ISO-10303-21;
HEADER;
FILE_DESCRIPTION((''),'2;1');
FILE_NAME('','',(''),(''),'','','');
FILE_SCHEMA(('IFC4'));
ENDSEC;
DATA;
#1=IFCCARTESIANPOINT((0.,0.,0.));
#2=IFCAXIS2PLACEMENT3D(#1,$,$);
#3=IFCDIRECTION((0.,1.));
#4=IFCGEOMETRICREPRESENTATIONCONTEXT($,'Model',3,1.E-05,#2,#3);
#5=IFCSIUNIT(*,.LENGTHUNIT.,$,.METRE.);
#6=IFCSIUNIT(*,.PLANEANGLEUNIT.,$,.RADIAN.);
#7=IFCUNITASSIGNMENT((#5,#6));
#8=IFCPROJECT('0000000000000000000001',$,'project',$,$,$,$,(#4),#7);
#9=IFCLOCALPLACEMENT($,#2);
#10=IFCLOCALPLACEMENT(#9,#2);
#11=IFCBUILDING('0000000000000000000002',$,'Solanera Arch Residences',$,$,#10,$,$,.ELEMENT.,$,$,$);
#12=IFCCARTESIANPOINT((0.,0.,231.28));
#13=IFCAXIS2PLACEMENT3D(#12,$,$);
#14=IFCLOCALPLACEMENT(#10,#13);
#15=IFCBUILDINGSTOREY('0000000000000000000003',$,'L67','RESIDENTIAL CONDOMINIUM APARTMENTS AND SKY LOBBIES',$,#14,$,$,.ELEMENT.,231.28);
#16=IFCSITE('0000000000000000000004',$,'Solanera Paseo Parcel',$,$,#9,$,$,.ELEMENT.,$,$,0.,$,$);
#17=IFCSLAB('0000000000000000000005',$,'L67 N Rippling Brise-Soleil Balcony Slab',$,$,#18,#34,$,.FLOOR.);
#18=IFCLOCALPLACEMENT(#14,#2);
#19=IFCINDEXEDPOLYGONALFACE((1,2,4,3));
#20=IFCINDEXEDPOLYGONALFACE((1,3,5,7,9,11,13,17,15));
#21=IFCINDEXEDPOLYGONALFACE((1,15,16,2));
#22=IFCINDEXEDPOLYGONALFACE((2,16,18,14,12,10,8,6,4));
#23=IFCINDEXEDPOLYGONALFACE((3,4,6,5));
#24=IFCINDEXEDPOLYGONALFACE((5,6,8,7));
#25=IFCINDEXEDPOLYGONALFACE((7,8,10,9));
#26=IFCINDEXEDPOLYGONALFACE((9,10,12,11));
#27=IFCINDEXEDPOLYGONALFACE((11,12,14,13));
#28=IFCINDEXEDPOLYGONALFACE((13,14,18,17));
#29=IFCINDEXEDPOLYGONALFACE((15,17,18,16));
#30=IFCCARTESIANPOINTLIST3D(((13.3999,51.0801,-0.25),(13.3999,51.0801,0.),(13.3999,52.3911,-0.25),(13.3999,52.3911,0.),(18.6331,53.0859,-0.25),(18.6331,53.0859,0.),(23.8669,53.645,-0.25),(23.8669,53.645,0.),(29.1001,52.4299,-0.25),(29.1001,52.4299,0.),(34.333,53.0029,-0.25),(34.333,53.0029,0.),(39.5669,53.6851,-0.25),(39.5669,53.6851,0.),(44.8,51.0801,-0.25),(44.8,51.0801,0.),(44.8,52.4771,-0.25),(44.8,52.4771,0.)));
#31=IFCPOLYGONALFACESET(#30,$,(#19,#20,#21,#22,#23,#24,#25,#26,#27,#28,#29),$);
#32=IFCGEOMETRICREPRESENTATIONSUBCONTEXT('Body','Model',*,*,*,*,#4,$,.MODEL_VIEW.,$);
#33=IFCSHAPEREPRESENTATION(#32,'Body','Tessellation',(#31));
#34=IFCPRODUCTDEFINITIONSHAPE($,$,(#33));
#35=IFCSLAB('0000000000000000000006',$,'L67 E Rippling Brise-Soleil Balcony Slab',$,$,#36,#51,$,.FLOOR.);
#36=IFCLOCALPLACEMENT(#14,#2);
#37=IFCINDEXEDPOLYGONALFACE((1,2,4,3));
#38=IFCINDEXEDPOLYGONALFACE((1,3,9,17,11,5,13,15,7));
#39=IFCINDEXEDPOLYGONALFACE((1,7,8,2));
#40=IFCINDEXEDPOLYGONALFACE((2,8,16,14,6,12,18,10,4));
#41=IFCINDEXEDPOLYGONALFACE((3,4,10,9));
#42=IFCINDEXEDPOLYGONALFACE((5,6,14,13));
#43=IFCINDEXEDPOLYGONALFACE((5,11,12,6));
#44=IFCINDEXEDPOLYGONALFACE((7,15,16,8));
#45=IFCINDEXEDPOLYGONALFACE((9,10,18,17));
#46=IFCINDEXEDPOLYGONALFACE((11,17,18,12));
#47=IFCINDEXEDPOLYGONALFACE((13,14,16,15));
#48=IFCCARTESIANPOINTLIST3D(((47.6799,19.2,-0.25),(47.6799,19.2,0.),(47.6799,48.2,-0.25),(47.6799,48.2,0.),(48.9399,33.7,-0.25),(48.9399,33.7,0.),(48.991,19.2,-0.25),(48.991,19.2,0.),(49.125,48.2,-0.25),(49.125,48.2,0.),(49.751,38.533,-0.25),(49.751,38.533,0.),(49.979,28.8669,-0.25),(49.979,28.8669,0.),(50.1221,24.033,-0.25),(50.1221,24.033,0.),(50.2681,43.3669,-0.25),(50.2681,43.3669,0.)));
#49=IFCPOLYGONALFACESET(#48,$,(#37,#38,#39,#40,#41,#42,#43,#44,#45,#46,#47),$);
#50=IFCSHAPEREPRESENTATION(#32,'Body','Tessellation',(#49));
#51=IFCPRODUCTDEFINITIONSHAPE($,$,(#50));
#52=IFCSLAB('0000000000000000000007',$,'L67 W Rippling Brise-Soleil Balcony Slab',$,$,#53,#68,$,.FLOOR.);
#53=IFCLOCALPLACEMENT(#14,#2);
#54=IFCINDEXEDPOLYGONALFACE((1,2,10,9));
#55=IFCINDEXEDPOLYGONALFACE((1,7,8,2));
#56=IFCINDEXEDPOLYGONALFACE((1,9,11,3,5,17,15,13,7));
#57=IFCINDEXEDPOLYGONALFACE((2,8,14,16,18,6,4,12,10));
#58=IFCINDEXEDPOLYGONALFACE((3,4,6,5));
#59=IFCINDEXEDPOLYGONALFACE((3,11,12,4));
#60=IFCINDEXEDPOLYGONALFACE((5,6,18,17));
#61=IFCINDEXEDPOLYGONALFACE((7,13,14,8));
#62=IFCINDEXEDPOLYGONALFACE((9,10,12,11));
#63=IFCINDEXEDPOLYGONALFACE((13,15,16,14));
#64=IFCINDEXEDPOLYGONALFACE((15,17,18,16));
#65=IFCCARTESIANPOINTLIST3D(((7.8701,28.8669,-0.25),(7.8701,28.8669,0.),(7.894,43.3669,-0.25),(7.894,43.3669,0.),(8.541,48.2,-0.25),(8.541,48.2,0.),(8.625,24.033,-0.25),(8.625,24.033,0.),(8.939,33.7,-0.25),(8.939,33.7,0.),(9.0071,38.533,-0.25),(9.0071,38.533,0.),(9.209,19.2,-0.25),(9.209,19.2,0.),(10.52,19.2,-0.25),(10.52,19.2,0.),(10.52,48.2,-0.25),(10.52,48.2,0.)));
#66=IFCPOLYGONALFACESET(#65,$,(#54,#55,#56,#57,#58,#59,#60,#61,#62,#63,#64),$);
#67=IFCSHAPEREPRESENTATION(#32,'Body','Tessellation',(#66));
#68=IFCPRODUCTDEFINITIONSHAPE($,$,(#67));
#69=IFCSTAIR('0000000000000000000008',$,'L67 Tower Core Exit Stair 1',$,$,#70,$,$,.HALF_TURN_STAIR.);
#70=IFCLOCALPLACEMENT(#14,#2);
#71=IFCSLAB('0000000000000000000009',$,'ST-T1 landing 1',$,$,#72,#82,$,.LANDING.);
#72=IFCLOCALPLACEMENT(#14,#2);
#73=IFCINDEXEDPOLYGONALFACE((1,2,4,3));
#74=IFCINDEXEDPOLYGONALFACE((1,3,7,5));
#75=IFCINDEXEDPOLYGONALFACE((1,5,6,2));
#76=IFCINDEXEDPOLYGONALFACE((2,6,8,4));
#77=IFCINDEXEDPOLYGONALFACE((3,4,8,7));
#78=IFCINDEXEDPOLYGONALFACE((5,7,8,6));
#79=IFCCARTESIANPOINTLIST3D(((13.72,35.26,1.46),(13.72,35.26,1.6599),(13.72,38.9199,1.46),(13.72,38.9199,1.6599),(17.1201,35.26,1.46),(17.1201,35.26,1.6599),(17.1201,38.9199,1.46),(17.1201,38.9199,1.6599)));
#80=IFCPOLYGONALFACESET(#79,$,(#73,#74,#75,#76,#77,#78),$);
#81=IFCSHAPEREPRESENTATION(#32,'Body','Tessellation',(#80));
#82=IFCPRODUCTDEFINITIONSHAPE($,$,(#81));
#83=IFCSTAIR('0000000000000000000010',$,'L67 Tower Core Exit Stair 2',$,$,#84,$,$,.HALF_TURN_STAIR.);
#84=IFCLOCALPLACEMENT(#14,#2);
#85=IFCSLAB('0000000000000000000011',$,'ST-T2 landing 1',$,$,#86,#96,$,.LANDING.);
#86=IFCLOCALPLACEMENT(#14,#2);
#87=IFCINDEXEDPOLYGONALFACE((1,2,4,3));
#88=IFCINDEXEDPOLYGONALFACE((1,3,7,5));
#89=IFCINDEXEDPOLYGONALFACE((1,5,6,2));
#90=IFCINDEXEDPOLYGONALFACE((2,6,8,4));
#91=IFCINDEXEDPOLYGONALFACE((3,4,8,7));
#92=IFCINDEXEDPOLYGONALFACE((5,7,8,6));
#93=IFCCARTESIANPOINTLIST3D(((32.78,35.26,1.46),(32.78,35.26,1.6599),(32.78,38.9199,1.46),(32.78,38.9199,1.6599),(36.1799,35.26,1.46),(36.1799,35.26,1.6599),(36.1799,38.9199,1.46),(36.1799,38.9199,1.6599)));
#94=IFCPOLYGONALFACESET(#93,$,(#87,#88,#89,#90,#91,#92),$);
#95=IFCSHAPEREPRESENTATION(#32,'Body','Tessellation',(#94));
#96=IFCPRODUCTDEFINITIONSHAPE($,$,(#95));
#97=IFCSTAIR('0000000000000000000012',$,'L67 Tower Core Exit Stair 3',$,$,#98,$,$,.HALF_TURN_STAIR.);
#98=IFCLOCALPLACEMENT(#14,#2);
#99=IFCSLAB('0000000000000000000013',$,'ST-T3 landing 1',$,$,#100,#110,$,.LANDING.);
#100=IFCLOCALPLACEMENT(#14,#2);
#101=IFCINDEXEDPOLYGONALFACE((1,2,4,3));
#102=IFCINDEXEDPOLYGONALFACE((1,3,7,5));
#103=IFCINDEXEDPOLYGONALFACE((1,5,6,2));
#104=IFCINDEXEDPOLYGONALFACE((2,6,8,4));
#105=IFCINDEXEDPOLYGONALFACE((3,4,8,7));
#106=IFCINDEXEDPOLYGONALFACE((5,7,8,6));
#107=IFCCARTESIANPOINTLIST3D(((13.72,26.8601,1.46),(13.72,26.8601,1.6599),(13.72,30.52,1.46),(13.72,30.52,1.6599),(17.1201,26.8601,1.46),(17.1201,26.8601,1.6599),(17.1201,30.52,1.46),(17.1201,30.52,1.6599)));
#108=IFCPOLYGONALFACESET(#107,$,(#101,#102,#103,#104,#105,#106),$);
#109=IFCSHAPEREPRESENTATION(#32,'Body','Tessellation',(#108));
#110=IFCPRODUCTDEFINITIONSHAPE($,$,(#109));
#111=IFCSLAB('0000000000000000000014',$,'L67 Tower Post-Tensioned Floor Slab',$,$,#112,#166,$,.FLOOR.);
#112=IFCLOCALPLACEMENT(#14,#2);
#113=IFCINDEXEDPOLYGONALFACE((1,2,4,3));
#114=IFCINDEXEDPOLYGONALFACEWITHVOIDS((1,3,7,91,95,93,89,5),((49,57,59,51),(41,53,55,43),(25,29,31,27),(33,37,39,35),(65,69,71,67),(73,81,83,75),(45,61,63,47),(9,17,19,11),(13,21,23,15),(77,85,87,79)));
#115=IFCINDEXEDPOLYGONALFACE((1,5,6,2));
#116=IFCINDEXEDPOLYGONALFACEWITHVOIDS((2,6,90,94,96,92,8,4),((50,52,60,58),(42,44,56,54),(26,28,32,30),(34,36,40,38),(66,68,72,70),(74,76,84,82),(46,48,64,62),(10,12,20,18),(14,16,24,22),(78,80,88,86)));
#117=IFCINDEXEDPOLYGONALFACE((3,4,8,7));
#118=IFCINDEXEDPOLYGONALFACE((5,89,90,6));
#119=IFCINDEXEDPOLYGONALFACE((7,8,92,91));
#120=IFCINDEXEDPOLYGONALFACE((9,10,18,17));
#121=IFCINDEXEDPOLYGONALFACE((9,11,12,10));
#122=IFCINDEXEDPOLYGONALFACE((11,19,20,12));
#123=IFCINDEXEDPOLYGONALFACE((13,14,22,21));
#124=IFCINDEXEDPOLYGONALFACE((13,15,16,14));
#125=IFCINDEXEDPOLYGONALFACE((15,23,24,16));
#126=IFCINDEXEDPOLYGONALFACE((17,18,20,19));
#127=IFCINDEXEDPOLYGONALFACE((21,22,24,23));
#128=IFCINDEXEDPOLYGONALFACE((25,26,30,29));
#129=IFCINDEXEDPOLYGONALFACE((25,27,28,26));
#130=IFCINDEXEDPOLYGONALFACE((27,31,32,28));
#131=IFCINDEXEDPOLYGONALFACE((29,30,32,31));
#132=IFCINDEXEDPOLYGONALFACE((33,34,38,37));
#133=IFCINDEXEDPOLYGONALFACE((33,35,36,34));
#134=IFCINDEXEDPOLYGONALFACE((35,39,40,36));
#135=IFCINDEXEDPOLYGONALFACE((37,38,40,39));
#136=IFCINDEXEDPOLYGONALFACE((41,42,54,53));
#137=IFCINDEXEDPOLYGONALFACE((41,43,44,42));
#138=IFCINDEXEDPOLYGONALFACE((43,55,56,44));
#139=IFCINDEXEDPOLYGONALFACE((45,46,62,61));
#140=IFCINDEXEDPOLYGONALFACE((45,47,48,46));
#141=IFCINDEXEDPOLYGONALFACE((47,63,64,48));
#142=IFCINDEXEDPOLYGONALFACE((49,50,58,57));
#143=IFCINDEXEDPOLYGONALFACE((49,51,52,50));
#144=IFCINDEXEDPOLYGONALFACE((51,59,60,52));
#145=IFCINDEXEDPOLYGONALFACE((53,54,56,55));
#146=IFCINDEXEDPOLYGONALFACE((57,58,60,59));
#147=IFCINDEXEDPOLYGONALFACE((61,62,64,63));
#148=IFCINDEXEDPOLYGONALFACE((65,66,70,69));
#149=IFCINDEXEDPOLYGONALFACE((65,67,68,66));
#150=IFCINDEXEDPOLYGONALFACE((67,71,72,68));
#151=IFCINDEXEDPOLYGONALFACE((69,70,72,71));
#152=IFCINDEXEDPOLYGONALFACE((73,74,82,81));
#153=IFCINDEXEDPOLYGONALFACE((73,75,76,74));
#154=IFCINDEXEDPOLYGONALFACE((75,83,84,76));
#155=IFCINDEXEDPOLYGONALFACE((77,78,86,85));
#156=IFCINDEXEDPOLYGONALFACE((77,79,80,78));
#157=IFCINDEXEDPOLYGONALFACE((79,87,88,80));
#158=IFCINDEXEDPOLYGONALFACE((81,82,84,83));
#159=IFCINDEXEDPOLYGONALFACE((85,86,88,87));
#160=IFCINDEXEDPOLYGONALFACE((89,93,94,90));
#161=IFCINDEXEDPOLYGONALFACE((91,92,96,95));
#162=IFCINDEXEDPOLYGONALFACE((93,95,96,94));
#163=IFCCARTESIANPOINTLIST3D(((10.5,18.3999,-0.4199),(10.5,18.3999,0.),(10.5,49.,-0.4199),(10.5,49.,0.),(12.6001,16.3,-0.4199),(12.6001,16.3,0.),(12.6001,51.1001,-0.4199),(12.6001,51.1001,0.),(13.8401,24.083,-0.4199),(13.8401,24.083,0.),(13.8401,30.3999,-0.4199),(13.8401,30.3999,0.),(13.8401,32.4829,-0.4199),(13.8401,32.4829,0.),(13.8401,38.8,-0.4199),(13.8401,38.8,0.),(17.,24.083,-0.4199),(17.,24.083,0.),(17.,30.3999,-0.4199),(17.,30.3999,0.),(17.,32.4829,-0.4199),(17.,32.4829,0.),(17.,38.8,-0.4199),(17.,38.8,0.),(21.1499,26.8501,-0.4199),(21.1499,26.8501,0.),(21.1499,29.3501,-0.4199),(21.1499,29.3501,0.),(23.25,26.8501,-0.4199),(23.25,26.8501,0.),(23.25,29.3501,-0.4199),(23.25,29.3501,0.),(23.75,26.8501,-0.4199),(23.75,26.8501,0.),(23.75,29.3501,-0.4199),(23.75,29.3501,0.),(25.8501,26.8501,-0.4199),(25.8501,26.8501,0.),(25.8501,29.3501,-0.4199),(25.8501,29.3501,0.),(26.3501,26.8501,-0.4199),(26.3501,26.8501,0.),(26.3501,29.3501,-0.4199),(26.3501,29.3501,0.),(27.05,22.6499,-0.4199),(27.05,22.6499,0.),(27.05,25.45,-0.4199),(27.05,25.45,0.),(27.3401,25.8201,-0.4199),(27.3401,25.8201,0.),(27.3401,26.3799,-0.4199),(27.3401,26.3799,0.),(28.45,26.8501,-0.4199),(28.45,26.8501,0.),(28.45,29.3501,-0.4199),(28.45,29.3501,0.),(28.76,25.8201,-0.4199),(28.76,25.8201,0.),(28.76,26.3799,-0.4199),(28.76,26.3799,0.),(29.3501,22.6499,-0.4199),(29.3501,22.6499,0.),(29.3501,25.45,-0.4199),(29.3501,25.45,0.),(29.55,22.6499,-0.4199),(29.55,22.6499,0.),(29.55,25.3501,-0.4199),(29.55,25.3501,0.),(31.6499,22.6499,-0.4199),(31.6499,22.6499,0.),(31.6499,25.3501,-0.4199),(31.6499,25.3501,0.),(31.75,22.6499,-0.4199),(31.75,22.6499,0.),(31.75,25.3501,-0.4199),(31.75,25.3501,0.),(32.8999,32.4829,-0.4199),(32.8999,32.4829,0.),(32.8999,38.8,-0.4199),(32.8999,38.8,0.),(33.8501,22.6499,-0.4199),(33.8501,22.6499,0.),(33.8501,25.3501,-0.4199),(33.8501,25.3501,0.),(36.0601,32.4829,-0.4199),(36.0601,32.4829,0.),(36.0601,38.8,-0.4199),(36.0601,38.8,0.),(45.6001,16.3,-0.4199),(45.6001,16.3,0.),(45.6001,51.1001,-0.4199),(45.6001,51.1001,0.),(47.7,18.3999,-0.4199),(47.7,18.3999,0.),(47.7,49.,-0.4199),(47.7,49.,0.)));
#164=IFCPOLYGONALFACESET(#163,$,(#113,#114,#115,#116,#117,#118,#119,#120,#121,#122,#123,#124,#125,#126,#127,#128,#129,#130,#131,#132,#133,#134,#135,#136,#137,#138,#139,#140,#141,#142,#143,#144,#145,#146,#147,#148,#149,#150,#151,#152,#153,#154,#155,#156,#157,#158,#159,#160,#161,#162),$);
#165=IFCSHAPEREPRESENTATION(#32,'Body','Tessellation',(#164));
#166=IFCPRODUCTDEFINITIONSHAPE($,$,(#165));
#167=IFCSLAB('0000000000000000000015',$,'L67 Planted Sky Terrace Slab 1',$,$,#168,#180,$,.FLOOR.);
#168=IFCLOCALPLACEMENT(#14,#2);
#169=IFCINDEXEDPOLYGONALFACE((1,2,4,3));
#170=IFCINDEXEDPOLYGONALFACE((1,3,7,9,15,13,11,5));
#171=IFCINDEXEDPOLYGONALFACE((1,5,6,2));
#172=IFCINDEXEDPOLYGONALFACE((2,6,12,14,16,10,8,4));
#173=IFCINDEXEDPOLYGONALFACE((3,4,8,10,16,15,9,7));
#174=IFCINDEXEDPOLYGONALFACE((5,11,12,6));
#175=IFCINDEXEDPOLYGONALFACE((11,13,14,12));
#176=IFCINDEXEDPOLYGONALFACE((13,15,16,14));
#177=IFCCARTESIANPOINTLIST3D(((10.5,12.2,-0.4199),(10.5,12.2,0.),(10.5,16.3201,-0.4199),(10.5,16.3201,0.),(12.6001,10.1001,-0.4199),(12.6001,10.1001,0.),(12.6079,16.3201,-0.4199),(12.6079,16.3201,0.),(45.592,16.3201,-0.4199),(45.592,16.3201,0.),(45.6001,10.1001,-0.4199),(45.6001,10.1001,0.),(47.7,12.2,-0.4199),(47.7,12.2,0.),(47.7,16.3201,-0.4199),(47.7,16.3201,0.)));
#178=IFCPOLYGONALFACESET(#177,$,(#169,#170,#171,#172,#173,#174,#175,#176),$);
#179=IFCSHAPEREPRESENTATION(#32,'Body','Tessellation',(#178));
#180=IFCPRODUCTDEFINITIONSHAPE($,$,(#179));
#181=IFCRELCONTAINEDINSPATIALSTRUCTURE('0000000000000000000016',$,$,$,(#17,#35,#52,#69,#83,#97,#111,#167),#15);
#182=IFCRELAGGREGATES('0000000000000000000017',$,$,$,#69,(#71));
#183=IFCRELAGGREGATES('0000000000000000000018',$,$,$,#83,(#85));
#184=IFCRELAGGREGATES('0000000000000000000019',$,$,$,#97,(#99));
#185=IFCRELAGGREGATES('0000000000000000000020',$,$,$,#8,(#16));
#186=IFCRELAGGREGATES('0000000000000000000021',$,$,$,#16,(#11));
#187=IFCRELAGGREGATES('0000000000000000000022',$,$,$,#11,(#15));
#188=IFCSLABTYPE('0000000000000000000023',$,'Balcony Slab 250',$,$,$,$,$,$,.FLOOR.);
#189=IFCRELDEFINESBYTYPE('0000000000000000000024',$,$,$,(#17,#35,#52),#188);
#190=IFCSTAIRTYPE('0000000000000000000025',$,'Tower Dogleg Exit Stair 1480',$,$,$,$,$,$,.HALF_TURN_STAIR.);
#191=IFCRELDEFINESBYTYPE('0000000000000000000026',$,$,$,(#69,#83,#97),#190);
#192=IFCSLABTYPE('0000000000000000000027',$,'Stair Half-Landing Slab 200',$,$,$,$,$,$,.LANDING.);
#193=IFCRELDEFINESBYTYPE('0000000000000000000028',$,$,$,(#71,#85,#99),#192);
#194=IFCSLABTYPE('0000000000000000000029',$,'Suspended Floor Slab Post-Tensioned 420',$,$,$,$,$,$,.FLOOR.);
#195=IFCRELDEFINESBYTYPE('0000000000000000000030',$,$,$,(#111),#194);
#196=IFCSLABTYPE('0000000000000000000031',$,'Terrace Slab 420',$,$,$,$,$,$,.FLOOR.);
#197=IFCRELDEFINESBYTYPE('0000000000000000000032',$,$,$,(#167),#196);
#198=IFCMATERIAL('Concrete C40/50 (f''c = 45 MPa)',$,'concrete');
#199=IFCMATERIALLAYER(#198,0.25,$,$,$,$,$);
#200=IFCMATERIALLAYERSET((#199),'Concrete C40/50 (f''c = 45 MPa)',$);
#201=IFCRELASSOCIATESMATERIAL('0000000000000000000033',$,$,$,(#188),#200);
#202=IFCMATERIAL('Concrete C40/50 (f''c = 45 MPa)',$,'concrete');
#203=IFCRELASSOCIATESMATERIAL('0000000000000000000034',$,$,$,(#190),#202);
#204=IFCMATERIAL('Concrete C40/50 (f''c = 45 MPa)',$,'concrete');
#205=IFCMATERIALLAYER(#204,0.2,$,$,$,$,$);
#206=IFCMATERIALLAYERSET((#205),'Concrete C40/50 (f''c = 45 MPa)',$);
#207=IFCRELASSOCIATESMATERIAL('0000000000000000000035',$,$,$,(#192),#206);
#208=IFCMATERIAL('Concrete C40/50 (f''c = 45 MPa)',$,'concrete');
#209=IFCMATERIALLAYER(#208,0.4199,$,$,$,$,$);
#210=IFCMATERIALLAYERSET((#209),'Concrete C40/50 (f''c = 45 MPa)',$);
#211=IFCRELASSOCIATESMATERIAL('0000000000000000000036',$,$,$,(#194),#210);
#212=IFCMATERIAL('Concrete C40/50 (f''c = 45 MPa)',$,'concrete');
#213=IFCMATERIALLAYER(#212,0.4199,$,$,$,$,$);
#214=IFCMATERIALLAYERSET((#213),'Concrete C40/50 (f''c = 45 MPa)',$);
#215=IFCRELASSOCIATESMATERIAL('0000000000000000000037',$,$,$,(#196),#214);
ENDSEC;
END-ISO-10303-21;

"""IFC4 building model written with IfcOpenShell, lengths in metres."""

from ifc_helpers import new_model, si_unit, direction, frame, origin, place, context, subcontext, project, spatial, polyline, outline, extrude, material, layer, layer_set, type_object, element, aggregate, save


model = new_model("IFC4")

# Units and contexts
model_context = context("Model", 3, precision=1e-05, world=origin(), true_north=direction((0.0, 1.0)))
body_context = subcontext(model_context, "Body", "Model", "MODEL_VIEW")
ifc_project = project(units=[si_unit("LENGTHUNIT", "METRE"), si_unit("PLANEANGLEUNIT", "RADIAN")], contexts=[model_context])

# Site, building, storey
site_placement = place(None, origin())
site = spatial("IfcSite", under=ifc_project, at=site_placement, Name="Solanera Paseo Parcel", CompositionType="ELEMENT", RefElevation=0.0)
building_placement = place(site_placement, origin())
building = spatial("IfcBuilding", under=site, at=building_placement, Name="Solanera Arch Residences", CompositionType="ELEMENT")
storey_placement = place(building_placement, frame((0.0, 0.0, 231.28)))
storey = spatial("IfcBuildingStorey", under=building, at=storey_placement, Name="L67", Description="RESIDENTIAL CONDOMINIUM APARTMENTS AND SKY LOBBIES", CompositionType="ELEMENT", Elevation=231.28)

# Slabs
ifc_material_1 = material(Name="Concrete C40/50 (f'c = 45 MPa)", Category="concrete")
ifc_layer_1 = layer(ifc_material_1, 0.25)
ifc_layer_set_1 = layer_set([ifc_layer_1], Name="Concrete C40/50 (f'c = 45 MPa)")
slab_type_1 = type_object("IfcSlabType", Name="Balcony Slab 250", PredefinedType="FLOOR", material=ifc_layer_set_1)
slab_1_placement = place(storey_placement, frame((0.0, 0.0, -0.25)))
element("IfcSlab", 1, at=slab_1_placement, inside=storey, type_object=slab_type_1, Name="L67 N Rippling Brise-Soleil Balcony Slab", PredefinedType="FLOOR", context=body_context, shape_type="SweptSolid", body=[
    extrude(outline(polyline([(44.8, 52.4771), (39.5669, 53.6851), (34.333, 53.0029), (29.1001, 52.4299), (23.8669, 53.645), (18.6331, 53.0859), (13.3999, 52.3911), (13.3999, 51.0801), (44.8, 51.0801), (44.8, 52.4771)])), origin(), (0.0, 0.0, 1.0), 0.25),
])
slab_2_placement = place(storey_placement, frame((0.0, 0.0, -0.25)))
element("IfcSlab", 2, at=slab_2_placement, inside=storey, type_object=slab_type_1, Name="L67 E Rippling Brise-Soleil Balcony Slab", PredefinedType="FLOOR", context=body_context, shape_type="SweptSolid", body=[
    extrude(outline(polyline([(48.991, 19.2), (50.1221, 24.033), (49.979, 28.8669), (48.9399, 33.7), (49.751, 38.533), (50.2681, 43.3669), (49.125, 48.2), (47.6799, 48.2), (47.6799, 19.2), (48.991, 19.2)])), origin(), (0.0, 0.0, 1.0), 0.25),
])
slab_3_placement = place(storey_placement, frame((0.0, 0.0, -0.25)))
element("IfcSlab", 3, at=slab_3_placement, inside=storey, type_object=slab_type_1, Name="L67 W Rippling Brise-Soleil Balcony Slab", PredefinedType="FLOOR", context=body_context, shape_type="SweptSolid", body=[
    extrude(outline(polyline([(8.541, 48.2), (7.894, 43.3669), (9.0071, 38.533), (8.939, 33.7), (7.8701, 28.8669), (8.625, 24.033), (9.209, 19.2), (10.52, 19.2), (10.52, 48.2), (8.541, 48.2)])), origin(), (0.0, 0.0, 1.0), 0.25),
])

# Stairs, slabs
ifc_material_2 = material(Name="Concrete C40/50 (f'c = 45 MPa)", Category="concrete")
stair_type = type_object("IfcStairType", Name="Tower Dogleg Exit Stair 1480", PredefinedType="HALF_TURN_STAIR", material=ifc_material_2)
stair_1_placement = place(storey_placement, origin())
stair_1 = element("IfcStair", 4, at=stair_1_placement, inside=storey, type_object=stair_type, Name="L67 Tower Core Exit Stair 1", PredefinedType="HALF_TURN_STAIR")
ifc_material_3 = material(Name="Concrete C40/50 (f'c = 45 MPa)", Category="concrete")
ifc_layer_2 = layer(ifc_material_3, 0.2)
ifc_layer_set_2 = layer_set([ifc_layer_2], Name="Concrete C40/50 (f'c = 45 MPa)")
slab_type_2 = type_object("IfcSlabType", Name="Stair Half-Landing Slab 200", PredefinedType="LANDING", material=ifc_layer_set_2)
slab_4_placement = place(storey_placement, frame((0.0, 0.0, 1.46)))
slab_4 = element("IfcSlab", 5, at=slab_4_placement, type_object=slab_type_2, Name="ST-T1 landing 1", PredefinedType="LANDING", context=body_context, shape_type="SweptSolid", body=[
    extrude(outline(polyline([(17.1201, 35.26), (17.1201, 38.9199), (13.72, 38.9199), (13.72, 35.26), (17.1201, 35.26)])), origin(), (0.0, 0.0, 1.0), 0.2),
])
aggregate(stair_1, [slab_4])
stair_2_placement = place(storey_placement, origin())
stair_2 = element("IfcStair", 6, at=stair_2_placement, inside=storey, type_object=stair_type, Name="L67 Tower Core Exit Stair 2", PredefinedType="HALF_TURN_STAIR")
slab_5_placement = place(storey_placement, frame((0.0, 0.0, 1.46)))
slab_5 = element("IfcSlab", 7, at=slab_5_placement, type_object=slab_type_2, Name="ST-T2 landing 1", PredefinedType="LANDING", context=body_context, shape_type="SweptSolid", body=[
    extrude(outline(polyline([(36.1799, 35.26), (36.1799, 38.9199), (32.78, 38.9199), (32.78, 35.26), (36.1799, 35.26)])), origin(), (0.0, 0.0, 1.0), 0.2),
])
aggregate(stair_2, [slab_5])
stair_3_placement = place(storey_placement, origin())
stair_3 = element("IfcStair", 8, at=stair_3_placement, inside=storey, type_object=stair_type, Name="L67 Tower Core Exit Stair 3", PredefinedType="HALF_TURN_STAIR")
slab_6_placement = place(storey_placement, frame((0.0, 0.0, 1.46)))
slab_6 = element("IfcSlab", 9, at=slab_6_placement, type_object=slab_type_2, Name="ST-T3 landing 1", PredefinedType="LANDING", context=body_context, shape_type="SweptSolid", body=[
    extrude(outline(polyline([(17.1201, 26.8601), (17.1201, 30.52), (13.72, 30.52), (13.72, 26.8601), (17.1201, 26.8601)])), origin(), (0.0, 0.0, 1.0), 0.2),
])
aggregate(stair_3, [slab_6])

# Slabs
ifc_material_4 = material(Name="Concrete C40/50 (f'c = 45 MPa)", Category="concrete")
ifc_layer_3 = layer(ifc_material_4, 0.4199)
ifc_layer_set_3 = layer_set([ifc_layer_3], Name="Concrete C40/50 (f'c = 45 MPa)")
slab_type_3 = type_object("IfcSlabType", Name="Suspended Floor Slab Post-Tensioned 420", PredefinedType="FLOOR", material=ifc_layer_set_3)
slab_7_placement = place(storey_placement, frame((0.0, 0.0, -0.4199)))
element("IfcSlab", 10, at=slab_7_placement, inside=storey, type_object=slab_type_3, Name="L67 Tower Post-Tensioned Floor Slab", PredefinedType="FLOOR", context=body_context, shape_type="SweptSolid", body=[
    extrude(outline(polyline([(12.6001, 16.3), (45.6001, 16.3), (47.7, 18.3999), (47.7, 49.0), (45.6001, 51.1001), (12.6001, 51.1001), (10.5, 49.0), (10.5, 18.3999), (12.6001, 16.3)]), holes=[polyline([(13.8401, 32.4829), (13.8401, 38.8), (17.0, 38.8), (17.0, 32.4829), (13.8401, 32.4829)]), polyline([(32.8999, 32.4829), (32.8999, 38.8), (36.0601, 38.8), (36.0601, 32.4829), (32.8999, 32.4829)]), polyline([(13.8401, 24.083), (13.8401, 30.3999), (17.0, 30.3999), (17.0, 24.083), (13.8401, 24.083)]), polyline([(21.1499, 29.3501), (23.25, 29.3501), (23.25, 26.8501), (21.1499, 26.8501), (21.1499, 29.3501)]), polyline([(23.75, 29.3501), (25.8501, 29.3501), (25.8501, 26.8501), (23.75, 26.8501), (23.75, 29.3501)]), polyline([(26.3501, 29.3501), (28.45, 29.3501), (28.45, 26.8501), (26.3501, 26.8501), (26.3501, 29.3501)]), polyline([(29.55, 25.3501), (31.6499, 25.3501), (31.6499, 22.6499), (29.55, 22.6499), (29.55, 25.3501)]), polyline([(31.75, 25.3501), (33.8501, 25.3501), (33.8501, 22.6499), (31.75, 22.6499), (31.75, 25.3501)]), polyline([(27.05, 25.45), (29.3501, 25.45), (29.3501, 22.6499), (27.05, 22.6499), (27.05, 25.45)]), polyline([(27.3401, 26.3799), (28.76, 26.3799), (28.76, 25.8201), (27.3401, 25.8201), (27.3401, 26.3799)])]), origin(), (0.0, 0.0, 1.0), 0.4199),
])
ifc_material_5 = material(Name="Concrete C40/50 (f'c = 45 MPa)", Category="concrete")
ifc_layer_4 = layer(ifc_material_5, 0.4199)
ifc_layer_set_4 = layer_set([ifc_layer_4], Name="Concrete C40/50 (f'c = 45 MPa)")
slab_type_4 = type_object("IfcSlabType", Name="Terrace Slab 420", PredefinedType="FLOOR", material=ifc_layer_set_4)
slab_8_placement = place(storey_placement, frame((0.0, 0.0, -0.4199)))
element("IfcSlab", 11, at=slab_8_placement, inside=storey, type_object=slab_type_4, Name="L67 Planted Sky Terrace Slab 1", PredefinedType="FLOOR", context=body_context, shape_type="SweptSolid", body=[
    extrude(outline(polyline([(47.7, 16.3201), (45.592, 16.3201), (12.6079, 16.3201), (10.5, 16.3201), (10.5, 12.2), (12.6001, 10.1001), (45.6001, 10.1001), (47.7, 12.2), (47.7, 16.3201)])), origin(), (0.0, 0.0, 1.0), 0.4199),
])

save(model, "model.ifc")
